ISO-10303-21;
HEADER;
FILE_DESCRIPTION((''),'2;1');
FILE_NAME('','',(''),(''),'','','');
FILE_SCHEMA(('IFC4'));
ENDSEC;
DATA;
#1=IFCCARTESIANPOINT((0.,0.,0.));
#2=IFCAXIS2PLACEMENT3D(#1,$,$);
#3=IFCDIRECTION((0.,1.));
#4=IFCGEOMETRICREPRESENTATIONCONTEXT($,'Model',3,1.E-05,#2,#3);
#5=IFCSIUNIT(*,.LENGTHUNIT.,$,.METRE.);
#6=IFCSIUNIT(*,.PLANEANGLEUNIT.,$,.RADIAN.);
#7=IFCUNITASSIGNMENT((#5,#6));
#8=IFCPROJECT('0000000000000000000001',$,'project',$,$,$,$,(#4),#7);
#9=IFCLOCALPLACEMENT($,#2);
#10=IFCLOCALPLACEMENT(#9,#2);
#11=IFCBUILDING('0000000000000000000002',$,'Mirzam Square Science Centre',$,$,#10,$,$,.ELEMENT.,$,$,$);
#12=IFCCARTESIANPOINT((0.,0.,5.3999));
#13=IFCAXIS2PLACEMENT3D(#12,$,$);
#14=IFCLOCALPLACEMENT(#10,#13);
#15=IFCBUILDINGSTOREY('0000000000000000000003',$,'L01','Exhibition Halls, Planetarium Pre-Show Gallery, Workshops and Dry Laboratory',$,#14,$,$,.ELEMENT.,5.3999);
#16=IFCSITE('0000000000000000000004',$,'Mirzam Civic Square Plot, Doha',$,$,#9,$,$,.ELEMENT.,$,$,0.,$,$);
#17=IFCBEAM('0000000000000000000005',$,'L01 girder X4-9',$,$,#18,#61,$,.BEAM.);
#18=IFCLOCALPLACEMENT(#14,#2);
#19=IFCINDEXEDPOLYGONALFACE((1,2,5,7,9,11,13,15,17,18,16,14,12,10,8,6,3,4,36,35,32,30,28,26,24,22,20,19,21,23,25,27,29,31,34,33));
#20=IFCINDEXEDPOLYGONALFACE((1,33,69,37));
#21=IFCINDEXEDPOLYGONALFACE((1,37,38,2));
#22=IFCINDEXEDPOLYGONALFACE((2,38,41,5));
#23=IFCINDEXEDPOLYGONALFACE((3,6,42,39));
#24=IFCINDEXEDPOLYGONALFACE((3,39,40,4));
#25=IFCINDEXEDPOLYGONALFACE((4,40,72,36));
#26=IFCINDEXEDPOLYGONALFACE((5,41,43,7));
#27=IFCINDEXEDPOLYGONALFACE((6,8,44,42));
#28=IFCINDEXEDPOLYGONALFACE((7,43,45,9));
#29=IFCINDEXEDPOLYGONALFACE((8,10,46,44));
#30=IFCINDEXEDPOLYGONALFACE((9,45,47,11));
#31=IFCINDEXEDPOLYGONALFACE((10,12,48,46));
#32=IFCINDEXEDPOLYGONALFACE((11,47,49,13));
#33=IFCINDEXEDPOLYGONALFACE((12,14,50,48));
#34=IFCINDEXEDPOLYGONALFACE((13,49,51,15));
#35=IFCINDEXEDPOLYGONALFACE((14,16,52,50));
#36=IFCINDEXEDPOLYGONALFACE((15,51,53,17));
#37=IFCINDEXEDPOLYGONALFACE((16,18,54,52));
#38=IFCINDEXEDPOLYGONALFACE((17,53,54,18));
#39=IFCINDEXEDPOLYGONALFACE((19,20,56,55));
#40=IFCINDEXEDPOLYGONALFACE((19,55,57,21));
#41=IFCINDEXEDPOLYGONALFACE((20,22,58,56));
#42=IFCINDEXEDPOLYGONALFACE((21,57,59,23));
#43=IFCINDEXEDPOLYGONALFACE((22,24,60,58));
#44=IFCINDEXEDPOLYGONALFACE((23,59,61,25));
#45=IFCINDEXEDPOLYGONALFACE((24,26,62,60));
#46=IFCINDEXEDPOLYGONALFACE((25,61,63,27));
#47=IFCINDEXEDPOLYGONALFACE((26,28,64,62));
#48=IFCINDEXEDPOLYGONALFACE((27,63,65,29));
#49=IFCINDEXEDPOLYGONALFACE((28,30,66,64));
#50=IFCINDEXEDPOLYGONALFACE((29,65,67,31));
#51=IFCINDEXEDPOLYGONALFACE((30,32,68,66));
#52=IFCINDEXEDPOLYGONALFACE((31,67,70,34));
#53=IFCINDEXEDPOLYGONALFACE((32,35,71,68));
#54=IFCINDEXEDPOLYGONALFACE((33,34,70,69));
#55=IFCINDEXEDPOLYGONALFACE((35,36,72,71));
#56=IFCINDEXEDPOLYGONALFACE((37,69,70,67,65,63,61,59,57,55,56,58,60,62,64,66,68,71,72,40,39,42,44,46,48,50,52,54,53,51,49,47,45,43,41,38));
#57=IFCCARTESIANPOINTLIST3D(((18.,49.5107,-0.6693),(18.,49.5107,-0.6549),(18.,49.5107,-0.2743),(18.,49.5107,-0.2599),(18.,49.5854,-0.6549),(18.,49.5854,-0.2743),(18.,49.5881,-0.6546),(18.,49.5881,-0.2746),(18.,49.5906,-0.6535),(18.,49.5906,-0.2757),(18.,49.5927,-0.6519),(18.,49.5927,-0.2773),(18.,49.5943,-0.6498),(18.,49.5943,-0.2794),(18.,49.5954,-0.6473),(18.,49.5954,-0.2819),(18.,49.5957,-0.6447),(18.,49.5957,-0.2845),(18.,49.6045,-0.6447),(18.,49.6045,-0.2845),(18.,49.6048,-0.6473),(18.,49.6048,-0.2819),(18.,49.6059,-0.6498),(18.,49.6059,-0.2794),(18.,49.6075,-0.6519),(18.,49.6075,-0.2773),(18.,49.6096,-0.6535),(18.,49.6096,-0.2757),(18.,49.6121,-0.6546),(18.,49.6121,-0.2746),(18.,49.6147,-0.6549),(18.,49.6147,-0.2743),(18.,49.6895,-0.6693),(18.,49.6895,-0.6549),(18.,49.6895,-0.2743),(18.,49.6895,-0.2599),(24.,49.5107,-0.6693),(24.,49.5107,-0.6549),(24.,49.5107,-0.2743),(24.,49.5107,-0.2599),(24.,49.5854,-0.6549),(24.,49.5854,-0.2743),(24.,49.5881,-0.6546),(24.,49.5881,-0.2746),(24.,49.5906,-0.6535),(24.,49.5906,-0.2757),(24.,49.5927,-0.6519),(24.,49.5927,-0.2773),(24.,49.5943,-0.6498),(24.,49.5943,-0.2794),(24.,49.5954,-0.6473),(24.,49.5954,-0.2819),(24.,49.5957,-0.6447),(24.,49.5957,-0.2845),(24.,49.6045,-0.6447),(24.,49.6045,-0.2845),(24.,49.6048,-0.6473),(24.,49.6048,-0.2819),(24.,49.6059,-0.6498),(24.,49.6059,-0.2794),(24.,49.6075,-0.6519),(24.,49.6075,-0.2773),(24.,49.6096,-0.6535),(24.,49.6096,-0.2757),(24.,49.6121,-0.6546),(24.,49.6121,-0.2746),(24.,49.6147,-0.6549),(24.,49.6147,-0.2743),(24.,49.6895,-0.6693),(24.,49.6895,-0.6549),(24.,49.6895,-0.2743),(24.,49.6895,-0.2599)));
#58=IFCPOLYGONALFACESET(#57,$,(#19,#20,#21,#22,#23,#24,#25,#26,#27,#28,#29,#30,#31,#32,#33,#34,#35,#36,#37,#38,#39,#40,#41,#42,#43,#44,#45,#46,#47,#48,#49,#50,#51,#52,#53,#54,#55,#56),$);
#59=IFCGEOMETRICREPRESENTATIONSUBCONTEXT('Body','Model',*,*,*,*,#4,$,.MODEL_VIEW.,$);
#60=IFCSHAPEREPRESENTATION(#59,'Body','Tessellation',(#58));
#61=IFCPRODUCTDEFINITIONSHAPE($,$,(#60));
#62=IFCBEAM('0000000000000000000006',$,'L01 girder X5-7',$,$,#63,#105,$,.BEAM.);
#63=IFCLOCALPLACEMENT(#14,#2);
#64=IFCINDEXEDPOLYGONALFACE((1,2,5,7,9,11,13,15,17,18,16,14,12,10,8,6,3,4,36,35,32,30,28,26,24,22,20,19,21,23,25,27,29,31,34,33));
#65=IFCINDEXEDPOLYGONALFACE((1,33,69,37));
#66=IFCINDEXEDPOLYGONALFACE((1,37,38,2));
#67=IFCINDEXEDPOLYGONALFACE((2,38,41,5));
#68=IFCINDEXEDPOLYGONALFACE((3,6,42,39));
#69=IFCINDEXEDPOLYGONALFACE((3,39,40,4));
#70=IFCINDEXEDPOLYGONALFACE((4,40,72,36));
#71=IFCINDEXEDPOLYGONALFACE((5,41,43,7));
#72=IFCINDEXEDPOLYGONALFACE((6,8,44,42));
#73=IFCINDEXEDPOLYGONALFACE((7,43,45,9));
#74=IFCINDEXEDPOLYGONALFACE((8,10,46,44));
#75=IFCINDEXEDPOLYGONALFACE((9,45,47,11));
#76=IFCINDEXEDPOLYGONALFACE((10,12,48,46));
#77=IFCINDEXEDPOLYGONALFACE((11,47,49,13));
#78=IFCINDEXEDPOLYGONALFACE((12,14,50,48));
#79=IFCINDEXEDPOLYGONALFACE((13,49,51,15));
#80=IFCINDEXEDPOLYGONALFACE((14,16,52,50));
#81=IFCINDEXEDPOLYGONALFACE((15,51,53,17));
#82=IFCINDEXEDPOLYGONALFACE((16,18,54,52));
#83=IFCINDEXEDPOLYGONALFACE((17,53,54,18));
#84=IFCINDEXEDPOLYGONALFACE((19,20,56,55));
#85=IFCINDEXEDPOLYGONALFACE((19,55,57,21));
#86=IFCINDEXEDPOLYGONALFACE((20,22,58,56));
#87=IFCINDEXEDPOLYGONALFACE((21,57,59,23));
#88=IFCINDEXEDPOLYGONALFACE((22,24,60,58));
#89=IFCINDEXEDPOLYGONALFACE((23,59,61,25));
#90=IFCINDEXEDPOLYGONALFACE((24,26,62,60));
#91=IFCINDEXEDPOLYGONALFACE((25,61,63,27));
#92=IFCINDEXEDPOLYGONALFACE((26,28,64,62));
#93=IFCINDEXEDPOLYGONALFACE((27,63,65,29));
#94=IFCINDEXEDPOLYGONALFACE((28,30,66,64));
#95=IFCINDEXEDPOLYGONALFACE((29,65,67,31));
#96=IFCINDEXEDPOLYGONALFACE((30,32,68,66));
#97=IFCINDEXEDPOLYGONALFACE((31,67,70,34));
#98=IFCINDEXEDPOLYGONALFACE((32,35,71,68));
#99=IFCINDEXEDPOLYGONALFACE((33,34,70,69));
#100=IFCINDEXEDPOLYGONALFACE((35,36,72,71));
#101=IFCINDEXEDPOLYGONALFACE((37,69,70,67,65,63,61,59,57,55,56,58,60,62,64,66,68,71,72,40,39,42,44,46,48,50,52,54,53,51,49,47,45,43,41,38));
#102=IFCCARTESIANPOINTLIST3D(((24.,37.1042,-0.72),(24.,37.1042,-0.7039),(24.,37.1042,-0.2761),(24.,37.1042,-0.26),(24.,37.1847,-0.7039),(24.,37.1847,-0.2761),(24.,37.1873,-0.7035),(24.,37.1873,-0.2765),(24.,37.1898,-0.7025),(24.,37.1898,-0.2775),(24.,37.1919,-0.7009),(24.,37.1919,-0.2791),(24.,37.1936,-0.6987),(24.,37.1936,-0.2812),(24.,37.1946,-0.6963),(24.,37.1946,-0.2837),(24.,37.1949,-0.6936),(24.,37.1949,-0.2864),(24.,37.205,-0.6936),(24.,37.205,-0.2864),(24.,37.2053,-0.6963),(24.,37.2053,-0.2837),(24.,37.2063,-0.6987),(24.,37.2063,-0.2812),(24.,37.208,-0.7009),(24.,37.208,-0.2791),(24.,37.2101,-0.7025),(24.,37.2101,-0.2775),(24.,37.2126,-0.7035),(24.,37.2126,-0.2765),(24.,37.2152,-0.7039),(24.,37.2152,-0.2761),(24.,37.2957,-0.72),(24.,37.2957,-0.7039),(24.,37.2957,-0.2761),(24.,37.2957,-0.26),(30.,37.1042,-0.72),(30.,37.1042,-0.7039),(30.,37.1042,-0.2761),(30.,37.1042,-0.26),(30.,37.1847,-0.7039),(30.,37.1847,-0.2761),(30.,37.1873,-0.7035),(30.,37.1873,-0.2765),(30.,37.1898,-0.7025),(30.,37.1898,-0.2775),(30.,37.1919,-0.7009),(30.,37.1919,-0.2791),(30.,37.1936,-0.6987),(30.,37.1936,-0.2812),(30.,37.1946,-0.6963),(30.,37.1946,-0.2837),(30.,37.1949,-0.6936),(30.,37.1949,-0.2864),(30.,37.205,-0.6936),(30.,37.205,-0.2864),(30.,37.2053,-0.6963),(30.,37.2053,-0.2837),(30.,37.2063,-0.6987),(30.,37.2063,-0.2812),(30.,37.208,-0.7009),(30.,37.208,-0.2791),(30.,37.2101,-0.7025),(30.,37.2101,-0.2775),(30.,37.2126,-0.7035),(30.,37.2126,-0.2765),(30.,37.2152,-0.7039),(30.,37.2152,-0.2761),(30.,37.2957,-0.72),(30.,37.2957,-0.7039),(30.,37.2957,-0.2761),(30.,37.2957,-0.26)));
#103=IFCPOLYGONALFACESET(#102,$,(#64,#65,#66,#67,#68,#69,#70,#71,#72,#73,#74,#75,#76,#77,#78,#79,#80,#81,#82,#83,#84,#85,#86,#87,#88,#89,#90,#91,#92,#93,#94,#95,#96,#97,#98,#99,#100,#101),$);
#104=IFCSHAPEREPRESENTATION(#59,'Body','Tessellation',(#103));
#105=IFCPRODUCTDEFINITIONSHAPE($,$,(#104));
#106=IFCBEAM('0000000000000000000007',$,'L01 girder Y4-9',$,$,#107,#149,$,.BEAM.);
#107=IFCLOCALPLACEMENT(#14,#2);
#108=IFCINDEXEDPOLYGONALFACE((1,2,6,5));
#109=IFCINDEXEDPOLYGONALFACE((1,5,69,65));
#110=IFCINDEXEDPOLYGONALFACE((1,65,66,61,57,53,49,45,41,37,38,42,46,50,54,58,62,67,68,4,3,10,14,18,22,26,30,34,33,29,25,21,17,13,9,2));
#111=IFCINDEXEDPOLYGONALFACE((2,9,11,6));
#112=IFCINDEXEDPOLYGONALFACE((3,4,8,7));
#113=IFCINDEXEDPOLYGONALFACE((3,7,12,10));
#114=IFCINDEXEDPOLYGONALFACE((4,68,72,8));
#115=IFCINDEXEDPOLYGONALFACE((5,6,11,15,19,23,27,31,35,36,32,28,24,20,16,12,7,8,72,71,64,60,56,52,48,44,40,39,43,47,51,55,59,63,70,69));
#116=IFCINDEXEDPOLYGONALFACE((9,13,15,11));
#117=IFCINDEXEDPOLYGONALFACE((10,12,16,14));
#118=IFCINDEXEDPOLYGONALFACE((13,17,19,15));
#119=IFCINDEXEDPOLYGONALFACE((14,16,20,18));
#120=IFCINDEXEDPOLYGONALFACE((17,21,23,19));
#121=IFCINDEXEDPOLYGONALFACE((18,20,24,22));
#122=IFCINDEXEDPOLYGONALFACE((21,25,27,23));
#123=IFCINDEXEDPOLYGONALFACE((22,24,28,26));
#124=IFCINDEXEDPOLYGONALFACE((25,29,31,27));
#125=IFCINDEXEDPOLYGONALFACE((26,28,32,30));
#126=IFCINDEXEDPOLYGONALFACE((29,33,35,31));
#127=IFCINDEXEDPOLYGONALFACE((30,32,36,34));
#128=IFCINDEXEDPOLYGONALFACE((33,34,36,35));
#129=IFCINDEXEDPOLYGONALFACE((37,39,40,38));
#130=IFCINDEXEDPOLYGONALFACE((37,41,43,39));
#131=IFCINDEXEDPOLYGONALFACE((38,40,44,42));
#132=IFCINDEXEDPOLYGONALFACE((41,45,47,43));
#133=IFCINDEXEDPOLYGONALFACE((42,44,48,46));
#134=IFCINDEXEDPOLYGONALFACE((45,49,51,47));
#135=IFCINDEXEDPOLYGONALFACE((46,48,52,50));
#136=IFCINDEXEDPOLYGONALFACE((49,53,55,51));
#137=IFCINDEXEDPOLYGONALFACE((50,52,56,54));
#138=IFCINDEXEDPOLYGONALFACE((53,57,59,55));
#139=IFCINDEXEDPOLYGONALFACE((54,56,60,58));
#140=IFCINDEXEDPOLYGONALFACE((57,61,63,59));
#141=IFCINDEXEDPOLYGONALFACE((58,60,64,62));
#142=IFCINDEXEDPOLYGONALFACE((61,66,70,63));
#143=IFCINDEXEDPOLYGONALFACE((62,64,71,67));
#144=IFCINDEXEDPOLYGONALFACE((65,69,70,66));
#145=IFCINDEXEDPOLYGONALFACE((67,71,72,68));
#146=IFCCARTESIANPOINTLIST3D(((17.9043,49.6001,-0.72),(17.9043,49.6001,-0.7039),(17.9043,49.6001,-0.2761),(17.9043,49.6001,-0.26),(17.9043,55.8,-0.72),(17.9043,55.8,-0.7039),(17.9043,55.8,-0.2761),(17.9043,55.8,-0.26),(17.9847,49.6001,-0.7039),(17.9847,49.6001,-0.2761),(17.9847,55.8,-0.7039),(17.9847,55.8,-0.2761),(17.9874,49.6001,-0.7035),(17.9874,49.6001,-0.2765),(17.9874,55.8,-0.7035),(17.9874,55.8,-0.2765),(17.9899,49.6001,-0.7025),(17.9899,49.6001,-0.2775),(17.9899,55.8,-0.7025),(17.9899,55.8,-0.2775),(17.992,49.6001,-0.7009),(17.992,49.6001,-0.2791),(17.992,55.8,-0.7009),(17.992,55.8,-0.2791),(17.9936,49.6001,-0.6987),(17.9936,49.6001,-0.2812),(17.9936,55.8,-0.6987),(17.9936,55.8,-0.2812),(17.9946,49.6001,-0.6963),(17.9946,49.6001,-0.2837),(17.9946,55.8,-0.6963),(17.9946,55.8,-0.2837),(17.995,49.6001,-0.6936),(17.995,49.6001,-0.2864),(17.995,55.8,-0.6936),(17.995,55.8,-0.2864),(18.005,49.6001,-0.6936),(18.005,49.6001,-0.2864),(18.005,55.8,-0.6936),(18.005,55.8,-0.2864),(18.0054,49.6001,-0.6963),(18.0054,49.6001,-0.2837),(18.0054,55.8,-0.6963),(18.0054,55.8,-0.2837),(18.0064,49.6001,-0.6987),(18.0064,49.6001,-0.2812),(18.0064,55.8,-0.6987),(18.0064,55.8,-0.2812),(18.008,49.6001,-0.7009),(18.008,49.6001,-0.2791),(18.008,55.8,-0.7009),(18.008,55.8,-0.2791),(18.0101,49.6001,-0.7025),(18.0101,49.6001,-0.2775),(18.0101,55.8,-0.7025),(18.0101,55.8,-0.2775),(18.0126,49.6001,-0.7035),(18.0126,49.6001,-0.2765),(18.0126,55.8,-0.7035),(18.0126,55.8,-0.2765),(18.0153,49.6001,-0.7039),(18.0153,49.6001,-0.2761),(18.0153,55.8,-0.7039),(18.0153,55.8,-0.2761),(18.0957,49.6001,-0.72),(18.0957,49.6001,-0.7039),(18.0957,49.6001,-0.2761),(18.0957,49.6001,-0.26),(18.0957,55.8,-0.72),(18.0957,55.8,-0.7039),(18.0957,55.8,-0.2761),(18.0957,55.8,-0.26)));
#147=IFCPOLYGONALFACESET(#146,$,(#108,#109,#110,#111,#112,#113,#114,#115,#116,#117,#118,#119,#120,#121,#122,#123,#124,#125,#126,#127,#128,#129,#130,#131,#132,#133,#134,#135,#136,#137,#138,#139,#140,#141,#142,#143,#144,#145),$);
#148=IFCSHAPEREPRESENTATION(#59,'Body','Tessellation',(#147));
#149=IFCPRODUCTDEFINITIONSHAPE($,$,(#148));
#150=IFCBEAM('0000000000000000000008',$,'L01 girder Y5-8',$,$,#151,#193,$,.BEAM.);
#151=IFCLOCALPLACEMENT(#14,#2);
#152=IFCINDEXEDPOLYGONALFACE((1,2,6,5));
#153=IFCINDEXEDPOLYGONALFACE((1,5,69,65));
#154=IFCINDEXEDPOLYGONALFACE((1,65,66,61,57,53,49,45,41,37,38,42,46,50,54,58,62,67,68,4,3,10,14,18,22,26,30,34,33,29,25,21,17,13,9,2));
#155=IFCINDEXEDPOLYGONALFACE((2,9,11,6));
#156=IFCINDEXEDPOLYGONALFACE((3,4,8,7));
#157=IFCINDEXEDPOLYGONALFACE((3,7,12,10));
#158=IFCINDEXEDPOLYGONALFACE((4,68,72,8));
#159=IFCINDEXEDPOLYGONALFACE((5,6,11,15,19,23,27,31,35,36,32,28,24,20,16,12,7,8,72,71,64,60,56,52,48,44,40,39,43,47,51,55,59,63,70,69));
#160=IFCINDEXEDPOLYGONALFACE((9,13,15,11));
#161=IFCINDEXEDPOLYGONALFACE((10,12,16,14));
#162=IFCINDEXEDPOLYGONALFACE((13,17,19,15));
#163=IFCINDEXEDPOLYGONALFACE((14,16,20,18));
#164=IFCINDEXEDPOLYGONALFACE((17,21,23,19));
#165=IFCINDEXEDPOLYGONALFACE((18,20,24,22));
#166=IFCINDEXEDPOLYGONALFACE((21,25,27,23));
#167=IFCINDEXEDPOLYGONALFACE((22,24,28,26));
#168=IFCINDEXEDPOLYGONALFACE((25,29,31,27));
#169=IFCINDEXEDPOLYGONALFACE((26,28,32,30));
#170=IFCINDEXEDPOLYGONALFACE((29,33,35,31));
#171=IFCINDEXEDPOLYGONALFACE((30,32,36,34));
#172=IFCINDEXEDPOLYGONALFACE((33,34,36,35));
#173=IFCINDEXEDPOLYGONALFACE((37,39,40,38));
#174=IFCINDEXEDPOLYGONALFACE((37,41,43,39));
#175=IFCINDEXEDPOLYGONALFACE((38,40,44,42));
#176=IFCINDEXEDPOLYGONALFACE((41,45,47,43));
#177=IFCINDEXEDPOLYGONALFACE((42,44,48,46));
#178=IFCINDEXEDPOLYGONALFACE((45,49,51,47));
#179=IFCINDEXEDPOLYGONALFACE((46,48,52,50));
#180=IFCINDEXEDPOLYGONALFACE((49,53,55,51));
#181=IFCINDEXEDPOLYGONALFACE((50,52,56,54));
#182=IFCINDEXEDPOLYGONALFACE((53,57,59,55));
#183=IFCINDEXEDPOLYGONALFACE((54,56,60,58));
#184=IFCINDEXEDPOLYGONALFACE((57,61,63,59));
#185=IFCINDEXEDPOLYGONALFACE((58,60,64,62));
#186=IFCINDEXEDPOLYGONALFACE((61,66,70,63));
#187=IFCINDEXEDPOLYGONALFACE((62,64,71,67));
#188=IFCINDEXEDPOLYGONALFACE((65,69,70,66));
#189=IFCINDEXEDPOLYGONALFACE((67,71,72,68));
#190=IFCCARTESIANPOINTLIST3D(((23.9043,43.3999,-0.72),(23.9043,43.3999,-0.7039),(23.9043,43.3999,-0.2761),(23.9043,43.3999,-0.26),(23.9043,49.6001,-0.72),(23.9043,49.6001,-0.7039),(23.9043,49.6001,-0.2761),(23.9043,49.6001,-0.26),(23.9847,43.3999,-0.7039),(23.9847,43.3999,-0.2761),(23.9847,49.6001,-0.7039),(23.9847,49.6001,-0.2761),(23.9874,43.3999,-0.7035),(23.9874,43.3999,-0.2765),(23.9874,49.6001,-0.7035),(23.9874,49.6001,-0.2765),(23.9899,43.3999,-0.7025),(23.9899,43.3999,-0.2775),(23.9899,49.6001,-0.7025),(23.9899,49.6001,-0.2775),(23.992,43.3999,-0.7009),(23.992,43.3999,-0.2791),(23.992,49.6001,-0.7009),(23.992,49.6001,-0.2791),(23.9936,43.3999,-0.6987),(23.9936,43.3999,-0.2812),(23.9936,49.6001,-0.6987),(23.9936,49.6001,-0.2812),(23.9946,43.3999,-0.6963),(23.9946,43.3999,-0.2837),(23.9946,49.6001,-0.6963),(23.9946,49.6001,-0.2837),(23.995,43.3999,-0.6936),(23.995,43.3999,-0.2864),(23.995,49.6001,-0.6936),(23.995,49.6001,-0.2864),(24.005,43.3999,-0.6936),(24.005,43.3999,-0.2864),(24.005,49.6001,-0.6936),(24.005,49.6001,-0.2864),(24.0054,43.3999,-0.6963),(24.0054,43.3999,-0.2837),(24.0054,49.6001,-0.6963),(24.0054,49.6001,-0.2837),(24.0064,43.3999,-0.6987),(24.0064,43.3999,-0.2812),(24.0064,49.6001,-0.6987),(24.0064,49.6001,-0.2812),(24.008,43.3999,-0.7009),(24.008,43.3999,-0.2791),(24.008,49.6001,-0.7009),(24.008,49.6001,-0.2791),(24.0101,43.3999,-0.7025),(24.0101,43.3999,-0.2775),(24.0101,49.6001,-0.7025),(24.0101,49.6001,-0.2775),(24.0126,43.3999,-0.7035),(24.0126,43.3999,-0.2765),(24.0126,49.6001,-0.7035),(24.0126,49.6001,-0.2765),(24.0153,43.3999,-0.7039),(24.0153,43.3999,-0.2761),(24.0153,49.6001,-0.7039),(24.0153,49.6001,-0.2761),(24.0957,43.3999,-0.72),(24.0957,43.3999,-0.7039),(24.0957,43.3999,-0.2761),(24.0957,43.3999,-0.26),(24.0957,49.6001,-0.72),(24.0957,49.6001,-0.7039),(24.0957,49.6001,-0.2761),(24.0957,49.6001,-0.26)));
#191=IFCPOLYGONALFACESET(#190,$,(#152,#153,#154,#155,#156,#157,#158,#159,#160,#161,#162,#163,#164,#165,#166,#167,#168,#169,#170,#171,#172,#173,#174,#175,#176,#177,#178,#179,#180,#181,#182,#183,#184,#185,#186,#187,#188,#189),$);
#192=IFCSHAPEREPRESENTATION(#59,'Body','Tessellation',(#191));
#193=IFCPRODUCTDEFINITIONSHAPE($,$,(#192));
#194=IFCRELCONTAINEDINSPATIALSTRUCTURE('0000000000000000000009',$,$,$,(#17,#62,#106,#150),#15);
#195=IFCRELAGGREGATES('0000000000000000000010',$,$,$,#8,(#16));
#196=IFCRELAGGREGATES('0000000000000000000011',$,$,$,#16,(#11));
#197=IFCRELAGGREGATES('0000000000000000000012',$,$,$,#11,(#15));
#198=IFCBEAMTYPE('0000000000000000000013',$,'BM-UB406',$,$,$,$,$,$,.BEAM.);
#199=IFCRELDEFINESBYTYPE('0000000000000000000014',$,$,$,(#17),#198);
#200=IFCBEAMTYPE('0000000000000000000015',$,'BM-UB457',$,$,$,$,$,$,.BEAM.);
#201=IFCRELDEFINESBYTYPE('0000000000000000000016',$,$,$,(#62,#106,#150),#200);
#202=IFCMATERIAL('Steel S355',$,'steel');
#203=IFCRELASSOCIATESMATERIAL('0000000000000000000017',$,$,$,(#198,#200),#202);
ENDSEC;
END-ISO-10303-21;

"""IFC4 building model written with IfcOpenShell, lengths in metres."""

from ifc_helpers import new_model, si_unit, direction, frame, origin, origin_2d, place, context, subcontext, project, spatial, i_section, extrude, material, material_profile, profile_set, type_object, element, save


model = new_model("IFC4")

# Units and contexts
model_context = context("Model", 3, precision=1e-05, world=origin(), true_north=direction((0.0, 1.0)))
body_context = subcontext(model_context, "Body", "Model", "MODEL_VIEW")
ifc_project = project(units=[si_unit("LENGTHUNIT", "METRE"), si_unit("PLANEANGLEUNIT", "RADIAN")], contexts=[model_context])

# Site, building, storey
site_placement = place(None, origin())
site = spatial("IfcSite", under=ifc_project, at=site_placement, Name="Mirzam Civic Square Plot, Doha", CompositionType="ELEMENT", RefElevation=0.0)
building_placement = place(site_placement, origin())
building = spatial("IfcBuilding", under=site, at=building_placement, Name="Mirzam Square Science Centre", CompositionType="ELEMENT")
storey_placement = place(building_placement, frame((0.0, 0.0, 5.3999)))
storey = spatial("IfcBuildingStorey", under=building, at=storey_placement, Name="L01", Description="Exhibition Halls, Planetarium Pre-Show Gallery, Workshops and Dry Laboratory", CompositionType="ELEMENT", Elevation=5.3999)

# Shared definitions
ifc_material_1 = material(Name="Steel S355", Category="steel")

# Beams
ifc_material_profile_1 = material_profile(ifc_material_1, i_section(OverallWidth=0.1787, OverallDepth=0.4094, WebThickness=0.0088, FlangeThickness=0.0144, FilletRadius=0.0103, at=origin_2d()), Name="406x178x67UB")
ifc_profile_set_1 = profile_set([ifc_material_profile_1], Name="Steel S355")
beam_type_1 = type_object("IfcBeamType", Name="BM-UB406", PredefinedType="BEAM", material=ifc_profile_set_1)
for number, where, z_axis, x_axis, name in (
    (1, (18.0, 49.6001, -0.4646), (1.0, 0.0, 0.0), (0.0, 1.0, 0.0), "L01 girder X4-9"),
):
    element("IfcBeam", number, at=place(storey_placement, frame(where, z_axis=z_axis, x_axis=x_axis)), inside=storey, type_object=beam_type_1, Name=name, PredefinedType="BEAM", context=body_context, shape_type="SweptSolid", body=[
        extrude(i_section(OverallWidth=0.1787, OverallDepth=0.4094, WebThickness=0.0088, FlangeThickness=0.0144, FilletRadius=0.0103, at=origin_2d()), origin(), (0.0, 0.0, 1.0), 6.0),
    ])
ifc_material_profile_2 = material_profile(ifc_material_1, i_section(OverallWidth=0.1914, OverallDepth=0.46, WebThickness=0.01, FlangeThickness=0.0161, FilletRadius=0.0103, at=origin_2d()), Name="457x191x82UB")
ifc_profile_set_2 = profile_set([ifc_material_profile_2], Name="Steel S355")
beam_type_2 = type_object("IfcBeamType", Name="BM-UB457", PredefinedType="BEAM", material=ifc_profile_set_2)
beam_1_placement = place(storey_placement, frame((24.0, 37.2, -0.49), z_axis=(1.0, 0.0, 0.0), x_axis=(0.0, 1.0, 0.0)))
element("IfcBeam", 2, at=beam_1_placement, inside=storey, type_object=beam_type_2, Name="L01 girder X5-7", PredefinedType="BEAM", context=body_context, shape_type="SweptSolid", body=[
    extrude(i_section(OverallWidth=0.1914, OverallDepth=0.46, WebThickness=0.01, FlangeThickness=0.0161, FilletRadius=0.0103, at=origin_2d()), origin(), (0.0, 0.0, 1.0), 6.0),
])
beam_2_placement = place(storey_placement, frame((18.0, 49.6001, -0.49), z_axis=(0.0, 1.0, 0.0), x_axis=(-1.0, 0.0, 0.0)))
element("IfcBeam", 3, at=beam_2_placement, inside=storey, type_object=beam_type_2, Name="L01 girder Y4-9", PredefinedType="BEAM", context=body_context, shape_type="SweptSolid", body=[
    extrude(i_section(OverallWidth=0.1914, OverallDepth=0.46, WebThickness=0.01, FlangeThickness=0.0161, FilletRadius=0.0103, at=origin_2d()), origin(), (0.0, 0.0, 1.0), 6.2),
])
beam_3_placement = place(storey_placement, frame((24.0, 43.3999, -0.49), z_axis=(0.0, 1.0, 0.0), x_axis=(-1.0, 0.0, 0.0)))
element("IfcBeam", 4, at=beam_3_placement, inside=storey, type_object=beam_type_2, Name="L01 girder Y5-8", PredefinedType="BEAM", context=body_context, shape_type="SweptSolid", body=[
    extrude(i_section(OverallWidth=0.1914, OverallDepth=0.46, WebThickness=0.01, FlangeThickness=0.0161, FilletRadius=0.0103, at=origin_2d()), origin(), (0.0, 0.0, 1.0), 6.2002),
])

save(model, "model.ifc")
